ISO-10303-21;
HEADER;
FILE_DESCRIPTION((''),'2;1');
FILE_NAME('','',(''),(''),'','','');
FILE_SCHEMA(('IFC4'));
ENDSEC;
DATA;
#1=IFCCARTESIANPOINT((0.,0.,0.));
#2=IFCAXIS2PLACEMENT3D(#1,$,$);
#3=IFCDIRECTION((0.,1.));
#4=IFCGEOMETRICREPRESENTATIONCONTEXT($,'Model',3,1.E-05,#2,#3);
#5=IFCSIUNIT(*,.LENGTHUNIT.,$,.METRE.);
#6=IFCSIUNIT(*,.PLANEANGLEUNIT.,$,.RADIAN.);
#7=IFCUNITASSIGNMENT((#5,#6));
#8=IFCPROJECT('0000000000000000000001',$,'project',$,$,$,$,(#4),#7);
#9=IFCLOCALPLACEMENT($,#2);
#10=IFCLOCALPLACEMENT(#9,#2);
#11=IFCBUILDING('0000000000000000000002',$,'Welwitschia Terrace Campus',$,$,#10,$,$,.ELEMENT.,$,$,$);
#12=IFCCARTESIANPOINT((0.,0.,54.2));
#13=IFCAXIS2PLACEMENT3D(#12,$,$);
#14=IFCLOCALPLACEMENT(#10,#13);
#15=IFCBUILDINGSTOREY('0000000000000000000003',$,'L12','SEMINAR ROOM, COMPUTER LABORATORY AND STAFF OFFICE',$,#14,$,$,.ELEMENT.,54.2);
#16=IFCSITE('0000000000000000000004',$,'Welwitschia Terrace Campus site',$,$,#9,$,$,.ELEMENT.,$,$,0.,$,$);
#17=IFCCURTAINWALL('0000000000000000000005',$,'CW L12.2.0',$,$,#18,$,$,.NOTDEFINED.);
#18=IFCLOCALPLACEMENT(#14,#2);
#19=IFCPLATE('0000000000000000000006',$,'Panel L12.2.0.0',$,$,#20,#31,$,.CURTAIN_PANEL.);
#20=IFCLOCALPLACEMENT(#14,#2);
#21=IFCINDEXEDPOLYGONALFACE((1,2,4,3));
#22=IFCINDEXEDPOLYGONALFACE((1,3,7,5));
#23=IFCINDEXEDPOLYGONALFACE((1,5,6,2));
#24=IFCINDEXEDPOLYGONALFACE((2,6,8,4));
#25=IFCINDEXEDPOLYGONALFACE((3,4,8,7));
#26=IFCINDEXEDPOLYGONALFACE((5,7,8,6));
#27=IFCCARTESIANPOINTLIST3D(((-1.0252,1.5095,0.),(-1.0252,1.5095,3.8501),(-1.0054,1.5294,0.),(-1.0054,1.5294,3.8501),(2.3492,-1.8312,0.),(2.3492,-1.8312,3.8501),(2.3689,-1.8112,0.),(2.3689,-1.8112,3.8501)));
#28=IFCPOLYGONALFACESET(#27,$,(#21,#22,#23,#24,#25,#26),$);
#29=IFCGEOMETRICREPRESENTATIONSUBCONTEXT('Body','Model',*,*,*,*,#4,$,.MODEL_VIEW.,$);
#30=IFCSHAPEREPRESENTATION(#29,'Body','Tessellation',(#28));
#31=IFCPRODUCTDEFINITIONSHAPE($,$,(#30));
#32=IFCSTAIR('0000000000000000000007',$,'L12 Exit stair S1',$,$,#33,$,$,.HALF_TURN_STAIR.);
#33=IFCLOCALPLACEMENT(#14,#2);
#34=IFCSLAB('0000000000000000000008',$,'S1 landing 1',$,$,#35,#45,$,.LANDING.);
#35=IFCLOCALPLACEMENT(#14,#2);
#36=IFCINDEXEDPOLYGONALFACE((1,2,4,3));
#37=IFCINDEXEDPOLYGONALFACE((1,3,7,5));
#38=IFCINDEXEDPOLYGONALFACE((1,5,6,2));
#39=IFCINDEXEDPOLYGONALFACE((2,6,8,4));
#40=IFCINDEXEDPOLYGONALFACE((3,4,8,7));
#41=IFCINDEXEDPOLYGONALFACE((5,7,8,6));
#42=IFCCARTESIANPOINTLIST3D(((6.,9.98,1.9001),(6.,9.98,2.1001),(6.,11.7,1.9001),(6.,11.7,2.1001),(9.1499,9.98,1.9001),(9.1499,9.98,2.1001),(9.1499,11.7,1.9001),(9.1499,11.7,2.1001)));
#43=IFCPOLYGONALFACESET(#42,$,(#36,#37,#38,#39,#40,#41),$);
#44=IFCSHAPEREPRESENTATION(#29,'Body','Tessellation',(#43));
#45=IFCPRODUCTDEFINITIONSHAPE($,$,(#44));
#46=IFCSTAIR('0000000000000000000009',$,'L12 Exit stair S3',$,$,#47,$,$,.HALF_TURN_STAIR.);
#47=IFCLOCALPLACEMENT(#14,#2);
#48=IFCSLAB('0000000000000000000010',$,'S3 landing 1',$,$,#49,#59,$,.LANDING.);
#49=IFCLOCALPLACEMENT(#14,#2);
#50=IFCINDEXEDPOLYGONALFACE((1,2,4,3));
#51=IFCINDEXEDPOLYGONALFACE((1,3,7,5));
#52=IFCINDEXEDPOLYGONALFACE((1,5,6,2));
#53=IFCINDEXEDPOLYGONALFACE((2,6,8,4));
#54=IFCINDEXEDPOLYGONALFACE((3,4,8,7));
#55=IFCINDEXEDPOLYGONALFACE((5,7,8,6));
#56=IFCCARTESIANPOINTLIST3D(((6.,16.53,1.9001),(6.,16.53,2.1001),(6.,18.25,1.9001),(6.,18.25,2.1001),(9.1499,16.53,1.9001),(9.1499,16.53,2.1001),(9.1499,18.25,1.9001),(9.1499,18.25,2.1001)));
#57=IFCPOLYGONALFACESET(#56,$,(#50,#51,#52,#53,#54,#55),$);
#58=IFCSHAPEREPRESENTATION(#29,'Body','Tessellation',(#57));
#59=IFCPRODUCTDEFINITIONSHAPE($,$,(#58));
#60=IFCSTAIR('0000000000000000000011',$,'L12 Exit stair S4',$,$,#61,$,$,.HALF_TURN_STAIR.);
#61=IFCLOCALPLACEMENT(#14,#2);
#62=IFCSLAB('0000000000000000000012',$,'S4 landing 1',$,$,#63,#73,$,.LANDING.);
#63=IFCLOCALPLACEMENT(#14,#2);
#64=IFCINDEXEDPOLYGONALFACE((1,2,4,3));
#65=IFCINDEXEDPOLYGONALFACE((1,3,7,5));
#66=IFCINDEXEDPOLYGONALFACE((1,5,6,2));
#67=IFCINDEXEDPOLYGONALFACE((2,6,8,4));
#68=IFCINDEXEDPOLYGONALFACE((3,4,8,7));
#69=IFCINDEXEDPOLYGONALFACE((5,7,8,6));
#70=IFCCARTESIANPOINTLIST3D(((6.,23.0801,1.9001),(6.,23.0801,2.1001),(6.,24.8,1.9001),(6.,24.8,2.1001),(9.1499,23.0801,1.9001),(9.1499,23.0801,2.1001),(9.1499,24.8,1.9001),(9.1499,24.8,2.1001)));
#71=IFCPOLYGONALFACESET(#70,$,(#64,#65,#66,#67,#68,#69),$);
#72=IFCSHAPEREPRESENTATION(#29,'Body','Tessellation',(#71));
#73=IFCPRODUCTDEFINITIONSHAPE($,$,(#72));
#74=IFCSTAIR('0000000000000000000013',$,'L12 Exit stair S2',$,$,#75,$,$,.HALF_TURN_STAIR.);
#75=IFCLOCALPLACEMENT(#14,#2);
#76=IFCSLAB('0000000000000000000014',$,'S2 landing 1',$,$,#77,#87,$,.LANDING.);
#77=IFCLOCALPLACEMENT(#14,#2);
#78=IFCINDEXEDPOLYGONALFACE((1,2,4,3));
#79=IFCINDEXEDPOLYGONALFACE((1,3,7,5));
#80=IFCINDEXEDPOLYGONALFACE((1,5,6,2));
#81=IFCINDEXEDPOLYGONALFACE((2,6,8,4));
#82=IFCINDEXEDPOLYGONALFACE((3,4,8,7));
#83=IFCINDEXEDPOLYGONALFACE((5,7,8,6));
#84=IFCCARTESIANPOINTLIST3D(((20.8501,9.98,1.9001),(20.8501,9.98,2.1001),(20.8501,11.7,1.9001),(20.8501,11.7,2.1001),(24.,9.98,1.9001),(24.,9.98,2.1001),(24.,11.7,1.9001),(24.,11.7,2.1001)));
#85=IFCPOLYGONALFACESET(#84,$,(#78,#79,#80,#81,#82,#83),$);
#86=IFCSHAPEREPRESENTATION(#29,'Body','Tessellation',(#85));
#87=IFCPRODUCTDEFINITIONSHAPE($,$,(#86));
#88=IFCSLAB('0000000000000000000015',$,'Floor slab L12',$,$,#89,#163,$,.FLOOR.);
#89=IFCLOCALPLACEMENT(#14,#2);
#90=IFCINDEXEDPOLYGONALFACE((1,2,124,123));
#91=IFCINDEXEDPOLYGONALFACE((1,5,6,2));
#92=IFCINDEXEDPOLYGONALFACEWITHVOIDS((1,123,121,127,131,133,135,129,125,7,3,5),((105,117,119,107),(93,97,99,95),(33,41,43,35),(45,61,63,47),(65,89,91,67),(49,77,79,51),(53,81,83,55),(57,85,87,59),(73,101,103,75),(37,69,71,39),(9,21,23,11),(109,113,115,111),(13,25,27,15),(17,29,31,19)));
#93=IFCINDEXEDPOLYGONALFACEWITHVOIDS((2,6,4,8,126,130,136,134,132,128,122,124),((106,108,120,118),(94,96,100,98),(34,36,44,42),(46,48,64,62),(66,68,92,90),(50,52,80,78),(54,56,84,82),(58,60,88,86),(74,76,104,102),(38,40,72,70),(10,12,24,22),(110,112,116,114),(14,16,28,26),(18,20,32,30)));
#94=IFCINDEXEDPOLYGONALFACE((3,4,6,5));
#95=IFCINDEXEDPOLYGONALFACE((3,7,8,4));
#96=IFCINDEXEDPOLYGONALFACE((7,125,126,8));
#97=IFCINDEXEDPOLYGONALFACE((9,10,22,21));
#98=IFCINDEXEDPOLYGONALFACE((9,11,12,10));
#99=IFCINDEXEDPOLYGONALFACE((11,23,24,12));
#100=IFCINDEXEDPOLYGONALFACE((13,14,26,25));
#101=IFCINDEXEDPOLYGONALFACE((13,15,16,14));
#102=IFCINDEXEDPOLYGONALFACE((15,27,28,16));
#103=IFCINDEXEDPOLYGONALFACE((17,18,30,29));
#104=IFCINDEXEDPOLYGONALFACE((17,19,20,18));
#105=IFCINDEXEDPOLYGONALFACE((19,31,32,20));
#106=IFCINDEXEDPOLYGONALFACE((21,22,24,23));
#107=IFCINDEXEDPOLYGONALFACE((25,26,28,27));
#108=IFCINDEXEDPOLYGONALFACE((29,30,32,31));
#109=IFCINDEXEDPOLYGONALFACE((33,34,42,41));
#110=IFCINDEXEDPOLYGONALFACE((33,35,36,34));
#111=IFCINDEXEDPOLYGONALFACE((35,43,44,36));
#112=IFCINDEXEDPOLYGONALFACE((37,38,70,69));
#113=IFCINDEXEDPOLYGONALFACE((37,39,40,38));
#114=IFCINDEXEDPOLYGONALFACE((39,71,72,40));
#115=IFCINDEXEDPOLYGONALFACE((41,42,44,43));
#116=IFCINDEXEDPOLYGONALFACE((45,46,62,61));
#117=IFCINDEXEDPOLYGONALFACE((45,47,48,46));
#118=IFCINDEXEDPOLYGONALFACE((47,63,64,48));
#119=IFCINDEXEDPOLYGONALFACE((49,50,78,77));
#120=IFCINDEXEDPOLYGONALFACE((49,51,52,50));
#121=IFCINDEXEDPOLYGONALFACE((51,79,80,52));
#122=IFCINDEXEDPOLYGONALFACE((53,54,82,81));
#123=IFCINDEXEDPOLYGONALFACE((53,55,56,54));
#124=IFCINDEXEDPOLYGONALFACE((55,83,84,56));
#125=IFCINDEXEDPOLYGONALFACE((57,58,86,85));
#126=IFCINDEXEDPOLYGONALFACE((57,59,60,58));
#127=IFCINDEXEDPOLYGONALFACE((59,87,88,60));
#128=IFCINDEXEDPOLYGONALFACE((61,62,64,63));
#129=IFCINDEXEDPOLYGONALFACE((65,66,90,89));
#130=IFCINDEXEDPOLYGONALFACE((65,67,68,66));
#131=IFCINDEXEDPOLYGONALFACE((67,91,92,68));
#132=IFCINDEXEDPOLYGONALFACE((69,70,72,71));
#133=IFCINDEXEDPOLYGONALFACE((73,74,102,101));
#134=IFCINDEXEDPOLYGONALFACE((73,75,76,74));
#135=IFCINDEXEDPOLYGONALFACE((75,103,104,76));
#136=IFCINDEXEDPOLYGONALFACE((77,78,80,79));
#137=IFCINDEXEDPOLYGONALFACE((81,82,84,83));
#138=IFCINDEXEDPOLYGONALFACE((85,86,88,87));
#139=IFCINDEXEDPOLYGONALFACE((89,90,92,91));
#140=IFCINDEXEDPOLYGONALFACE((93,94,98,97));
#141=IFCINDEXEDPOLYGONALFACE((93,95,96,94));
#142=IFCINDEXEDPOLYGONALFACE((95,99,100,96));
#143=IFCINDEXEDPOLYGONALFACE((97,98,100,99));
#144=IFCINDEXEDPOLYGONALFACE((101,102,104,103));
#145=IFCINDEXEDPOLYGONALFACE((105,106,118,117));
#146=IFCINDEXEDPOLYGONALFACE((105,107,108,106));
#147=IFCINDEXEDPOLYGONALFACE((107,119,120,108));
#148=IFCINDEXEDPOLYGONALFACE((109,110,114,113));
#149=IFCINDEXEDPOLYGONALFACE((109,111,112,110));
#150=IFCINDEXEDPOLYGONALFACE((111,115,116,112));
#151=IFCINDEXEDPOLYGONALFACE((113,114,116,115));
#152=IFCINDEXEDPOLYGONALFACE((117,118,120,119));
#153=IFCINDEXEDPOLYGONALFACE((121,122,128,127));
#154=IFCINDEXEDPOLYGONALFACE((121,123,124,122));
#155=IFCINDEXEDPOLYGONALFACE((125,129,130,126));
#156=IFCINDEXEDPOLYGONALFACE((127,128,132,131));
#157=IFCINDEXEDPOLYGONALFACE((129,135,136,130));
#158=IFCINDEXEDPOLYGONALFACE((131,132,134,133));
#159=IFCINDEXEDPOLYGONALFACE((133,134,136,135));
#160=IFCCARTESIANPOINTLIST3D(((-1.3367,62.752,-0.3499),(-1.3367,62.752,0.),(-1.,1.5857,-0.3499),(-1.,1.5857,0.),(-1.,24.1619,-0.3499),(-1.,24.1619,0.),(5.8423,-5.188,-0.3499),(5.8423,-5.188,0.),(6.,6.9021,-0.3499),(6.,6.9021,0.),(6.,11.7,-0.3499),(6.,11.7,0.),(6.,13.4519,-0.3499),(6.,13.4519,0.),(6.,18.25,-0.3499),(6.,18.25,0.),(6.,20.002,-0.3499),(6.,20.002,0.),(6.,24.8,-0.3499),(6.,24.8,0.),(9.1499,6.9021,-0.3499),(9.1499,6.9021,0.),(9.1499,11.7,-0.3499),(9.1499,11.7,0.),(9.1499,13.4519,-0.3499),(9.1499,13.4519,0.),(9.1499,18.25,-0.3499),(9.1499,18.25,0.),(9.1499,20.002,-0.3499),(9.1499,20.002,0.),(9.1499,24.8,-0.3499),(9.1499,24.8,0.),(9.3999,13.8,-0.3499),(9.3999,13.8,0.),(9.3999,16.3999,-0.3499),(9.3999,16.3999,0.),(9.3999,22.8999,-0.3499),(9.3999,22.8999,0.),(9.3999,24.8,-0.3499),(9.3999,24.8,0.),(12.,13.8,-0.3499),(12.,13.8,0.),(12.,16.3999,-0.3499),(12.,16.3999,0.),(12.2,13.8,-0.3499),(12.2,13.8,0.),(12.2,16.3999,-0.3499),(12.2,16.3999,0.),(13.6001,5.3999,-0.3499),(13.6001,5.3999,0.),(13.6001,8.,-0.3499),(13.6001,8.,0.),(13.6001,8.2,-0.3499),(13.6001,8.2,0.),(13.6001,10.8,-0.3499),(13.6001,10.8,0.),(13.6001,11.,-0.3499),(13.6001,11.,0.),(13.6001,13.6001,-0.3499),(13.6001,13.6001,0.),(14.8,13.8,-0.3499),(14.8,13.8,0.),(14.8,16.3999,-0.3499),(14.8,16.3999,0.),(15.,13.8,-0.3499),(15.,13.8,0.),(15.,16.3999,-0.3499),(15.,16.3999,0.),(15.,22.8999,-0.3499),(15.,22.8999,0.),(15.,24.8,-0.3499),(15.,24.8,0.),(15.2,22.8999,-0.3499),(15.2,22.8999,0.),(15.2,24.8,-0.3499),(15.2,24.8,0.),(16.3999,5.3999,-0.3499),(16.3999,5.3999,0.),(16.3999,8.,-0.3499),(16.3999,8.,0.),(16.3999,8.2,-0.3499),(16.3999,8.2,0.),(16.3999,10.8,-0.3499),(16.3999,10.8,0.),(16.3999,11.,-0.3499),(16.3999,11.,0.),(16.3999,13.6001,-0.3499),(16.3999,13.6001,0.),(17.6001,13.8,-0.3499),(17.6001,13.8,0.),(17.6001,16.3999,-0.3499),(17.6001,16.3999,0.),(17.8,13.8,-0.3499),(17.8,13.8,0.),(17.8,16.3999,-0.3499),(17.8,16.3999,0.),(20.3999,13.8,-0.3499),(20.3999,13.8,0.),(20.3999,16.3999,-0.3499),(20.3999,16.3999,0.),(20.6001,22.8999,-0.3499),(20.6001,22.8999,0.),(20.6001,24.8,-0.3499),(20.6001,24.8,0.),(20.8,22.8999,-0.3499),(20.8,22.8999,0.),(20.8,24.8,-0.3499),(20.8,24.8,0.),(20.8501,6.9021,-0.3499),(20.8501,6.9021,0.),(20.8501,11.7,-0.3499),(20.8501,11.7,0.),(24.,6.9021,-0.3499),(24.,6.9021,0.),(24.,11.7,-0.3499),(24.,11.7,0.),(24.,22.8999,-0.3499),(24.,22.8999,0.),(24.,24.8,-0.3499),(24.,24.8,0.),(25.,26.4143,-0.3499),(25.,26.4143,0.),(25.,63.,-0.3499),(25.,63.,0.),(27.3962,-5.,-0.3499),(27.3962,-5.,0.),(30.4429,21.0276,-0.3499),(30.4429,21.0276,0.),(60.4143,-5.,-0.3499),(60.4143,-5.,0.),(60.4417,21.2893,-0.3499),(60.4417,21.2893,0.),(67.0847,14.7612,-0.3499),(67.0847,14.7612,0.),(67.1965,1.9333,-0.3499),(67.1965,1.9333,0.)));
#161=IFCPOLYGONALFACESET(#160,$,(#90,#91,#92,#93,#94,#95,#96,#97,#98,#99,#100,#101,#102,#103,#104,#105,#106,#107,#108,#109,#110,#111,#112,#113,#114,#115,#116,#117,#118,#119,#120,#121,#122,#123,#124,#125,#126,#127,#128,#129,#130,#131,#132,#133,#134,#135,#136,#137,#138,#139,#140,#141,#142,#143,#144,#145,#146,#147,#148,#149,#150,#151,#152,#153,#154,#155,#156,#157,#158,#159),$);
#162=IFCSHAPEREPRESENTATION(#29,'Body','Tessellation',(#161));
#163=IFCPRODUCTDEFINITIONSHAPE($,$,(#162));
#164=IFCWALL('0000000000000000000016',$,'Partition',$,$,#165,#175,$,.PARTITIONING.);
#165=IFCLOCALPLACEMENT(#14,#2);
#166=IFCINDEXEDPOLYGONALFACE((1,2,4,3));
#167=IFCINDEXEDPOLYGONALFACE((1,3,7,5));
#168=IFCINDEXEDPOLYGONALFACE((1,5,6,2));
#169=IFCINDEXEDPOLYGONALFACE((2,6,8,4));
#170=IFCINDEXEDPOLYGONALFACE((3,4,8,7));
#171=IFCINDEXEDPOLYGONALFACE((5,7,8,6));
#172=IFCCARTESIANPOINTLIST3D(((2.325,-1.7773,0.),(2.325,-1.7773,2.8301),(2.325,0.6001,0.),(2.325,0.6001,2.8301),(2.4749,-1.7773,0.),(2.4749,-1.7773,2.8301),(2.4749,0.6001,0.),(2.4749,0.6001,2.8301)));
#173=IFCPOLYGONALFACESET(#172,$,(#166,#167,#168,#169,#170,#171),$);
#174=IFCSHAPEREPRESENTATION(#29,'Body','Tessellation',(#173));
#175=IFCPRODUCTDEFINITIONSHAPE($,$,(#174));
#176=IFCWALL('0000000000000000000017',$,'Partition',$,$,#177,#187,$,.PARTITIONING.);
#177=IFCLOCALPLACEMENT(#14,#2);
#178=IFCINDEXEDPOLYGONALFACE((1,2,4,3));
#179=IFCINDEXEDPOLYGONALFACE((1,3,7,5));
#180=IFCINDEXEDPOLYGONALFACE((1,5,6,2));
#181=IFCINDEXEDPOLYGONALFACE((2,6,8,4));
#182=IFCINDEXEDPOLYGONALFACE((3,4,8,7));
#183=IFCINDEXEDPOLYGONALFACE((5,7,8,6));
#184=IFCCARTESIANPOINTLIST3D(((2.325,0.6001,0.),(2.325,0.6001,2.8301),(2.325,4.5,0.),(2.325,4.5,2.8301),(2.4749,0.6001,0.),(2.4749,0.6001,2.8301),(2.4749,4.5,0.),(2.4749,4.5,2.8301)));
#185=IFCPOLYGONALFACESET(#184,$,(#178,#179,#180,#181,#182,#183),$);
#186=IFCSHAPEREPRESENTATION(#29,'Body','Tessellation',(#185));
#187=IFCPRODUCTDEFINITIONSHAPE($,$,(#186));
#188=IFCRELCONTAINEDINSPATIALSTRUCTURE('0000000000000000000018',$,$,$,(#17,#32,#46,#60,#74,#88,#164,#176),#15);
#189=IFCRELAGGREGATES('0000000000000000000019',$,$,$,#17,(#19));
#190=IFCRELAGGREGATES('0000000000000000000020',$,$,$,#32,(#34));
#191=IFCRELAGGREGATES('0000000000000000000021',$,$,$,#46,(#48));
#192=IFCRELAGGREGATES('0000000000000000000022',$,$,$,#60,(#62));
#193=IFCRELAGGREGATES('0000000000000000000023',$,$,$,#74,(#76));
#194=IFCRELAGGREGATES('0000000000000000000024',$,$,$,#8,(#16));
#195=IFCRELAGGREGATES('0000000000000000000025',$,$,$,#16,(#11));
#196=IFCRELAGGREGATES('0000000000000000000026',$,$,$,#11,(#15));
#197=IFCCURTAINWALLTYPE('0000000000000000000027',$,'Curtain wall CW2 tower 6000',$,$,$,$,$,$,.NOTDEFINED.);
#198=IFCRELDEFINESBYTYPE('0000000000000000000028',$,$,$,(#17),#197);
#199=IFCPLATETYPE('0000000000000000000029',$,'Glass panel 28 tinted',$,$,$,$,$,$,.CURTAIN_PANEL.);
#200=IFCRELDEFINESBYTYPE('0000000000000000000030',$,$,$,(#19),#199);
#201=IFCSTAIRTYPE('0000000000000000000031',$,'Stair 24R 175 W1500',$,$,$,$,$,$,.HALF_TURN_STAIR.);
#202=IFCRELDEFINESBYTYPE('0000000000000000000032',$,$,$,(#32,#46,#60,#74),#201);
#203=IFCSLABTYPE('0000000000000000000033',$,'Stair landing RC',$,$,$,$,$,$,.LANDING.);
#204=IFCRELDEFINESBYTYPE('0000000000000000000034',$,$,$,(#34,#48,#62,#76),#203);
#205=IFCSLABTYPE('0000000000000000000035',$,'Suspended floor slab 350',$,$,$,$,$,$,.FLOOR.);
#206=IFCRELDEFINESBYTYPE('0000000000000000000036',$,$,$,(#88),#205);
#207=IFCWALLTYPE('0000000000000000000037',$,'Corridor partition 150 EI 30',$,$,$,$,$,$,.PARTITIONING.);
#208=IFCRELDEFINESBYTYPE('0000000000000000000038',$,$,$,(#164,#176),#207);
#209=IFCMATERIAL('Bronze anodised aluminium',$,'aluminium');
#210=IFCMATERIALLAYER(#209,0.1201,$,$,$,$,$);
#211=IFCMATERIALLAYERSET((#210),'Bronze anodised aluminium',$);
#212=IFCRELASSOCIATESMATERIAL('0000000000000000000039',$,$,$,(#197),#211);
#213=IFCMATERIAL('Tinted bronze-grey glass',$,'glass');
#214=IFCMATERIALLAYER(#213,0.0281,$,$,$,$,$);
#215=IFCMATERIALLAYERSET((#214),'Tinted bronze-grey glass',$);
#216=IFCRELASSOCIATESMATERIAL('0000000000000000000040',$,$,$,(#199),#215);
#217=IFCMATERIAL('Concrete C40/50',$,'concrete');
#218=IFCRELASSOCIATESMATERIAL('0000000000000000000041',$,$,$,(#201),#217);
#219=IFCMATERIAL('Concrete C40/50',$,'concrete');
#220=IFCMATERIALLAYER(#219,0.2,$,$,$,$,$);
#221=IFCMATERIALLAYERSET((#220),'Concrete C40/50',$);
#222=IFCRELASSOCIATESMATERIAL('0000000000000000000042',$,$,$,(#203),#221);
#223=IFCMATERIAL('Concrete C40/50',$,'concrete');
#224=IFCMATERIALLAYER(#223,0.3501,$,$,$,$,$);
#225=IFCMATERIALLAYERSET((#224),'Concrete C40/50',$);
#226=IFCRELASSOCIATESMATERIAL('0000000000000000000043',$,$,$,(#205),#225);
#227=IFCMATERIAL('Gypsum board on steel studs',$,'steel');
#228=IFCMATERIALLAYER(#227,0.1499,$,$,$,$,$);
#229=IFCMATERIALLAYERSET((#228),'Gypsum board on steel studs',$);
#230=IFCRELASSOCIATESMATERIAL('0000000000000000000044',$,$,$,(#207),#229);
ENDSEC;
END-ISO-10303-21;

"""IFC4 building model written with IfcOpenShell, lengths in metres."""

from ifc_helpers import new_model, si_unit, direction, frame, frame_2d, origin, origin_2d, place, context, subcontext, project, spatial, polyline, rectangle, outline, extrude, material, layer, layer_set, type_object, element, aggregate, save


model = new_model("IFC4")

# Units and contexts
model_context = context("Model", 3, precision=1e-05, world=origin(), true_north=direction((0.0, 1.0)))
body_context = subcontext(model_context, "Body", "Model", "MODEL_VIEW")
ifc_project = project(units=[si_unit("LENGTHUNIT", "METRE"), si_unit("PLANEANGLEUNIT", "RADIAN")], contexts=[model_context])

# Site, building, storey
site_placement = place(None, origin())
site = spatial("IfcSite", under=ifc_project, at=site_placement, Name="Welwitschia Terrace Campus site", CompositionType="ELEMENT", RefElevation=0.0)
building_placement = place(site_placement, origin())
building = spatial("IfcBuilding", under=site, at=building_placement, Name="Welwitschia Terrace Campus", CompositionType="ELEMENT")
storey_placement = place(building_placement, frame((0.0, 0.0, 54.2)))
storey = spatial("IfcBuildingStorey", under=building, at=storey_placement, Name="L12", Description="SEMINAR ROOM, COMPUTER LABORATORY AND STAFF OFFICE", CompositionType="ELEMENT", Elevation=54.2)

# Shared definitions
ifc_material_1 = material(Name="Bronze anodised aluminium", Category="aluminium")
ifc_layer_1 = layer(ifc_material_1, 0.1201)
ifc_layer_set_1 = layer_set([ifc_layer_1], Name="Bronze anodised aluminium")
curtain_wall_type = type_object("IfcCurtainWallType", Name="Curtain wall CW2 tower 6000", PredefinedType="NOTDEFINED", material=ifc_layer_set_1)

# Curtain wall
curtain_wall_1_placement = place(storey_placement, origin())
curtain_wall_1 = element("IfcCurtainWall", 1, at=curtain_wall_1_placement, inside=storey, type_object=curtain_wall_type, Name="CW L12.2.0", PredefinedType="NOTDEFINED")

# Plate
ifc_material_2 = material(Name="Tinted bronze-grey glass", Category="glass")
ifc_layer_2 = layer(ifc_material_2, 0.0281)
ifc_layer_set_2 = layer_set([ifc_layer_2], Name="Tinted bronze-grey glass")
plate_type = type_object("IfcPlateType", Name="Glass panel 28 tinted", PredefinedType="CURTAIN_PANEL", material=ifc_layer_set_2)
plate_1_placement = place(storey_placement, frame((0.6719, -0.1509, 0.0), z_axis=(0.0, 0.0, 1.0), x_axis=(0.710644, -0.703552, 0.0)))
plate_1 = element("IfcPlate", 2, at=plate_1_placement, type_object=plate_type, Name="Panel L12.2.0.0", PredefinedType="CURTAIN_PANEL", context=body_context, shape_type="SweptSolid", body=[
    extrude(rectangle(XDim=4.7483, YDim=0.0281, at=origin_2d()), origin(), (0.0, 0.0, 1.0), 3.8501),
])
aggregate(curtain_wall_1, [plate_1])

# Stairs, slabs
ifc_material_3 = material(Name="Concrete C40/50", Category="concrete")
stair_type = type_object("IfcStairType", Name="Stair 24R 175 W1500", PredefinedType="HALF_TURN_STAIR", material=ifc_material_3)
stair_1_placement = place(storey_placement, origin())
stair_1 = element("IfcStair", 3, at=stair_1_placement, inside=storey, type_object=stair_type, Name="L12 Exit stair S1", PredefinedType="HALF_TURN_STAIR")
ifc_material_4 = material(Name="Concrete C40/50", Category="concrete")
ifc_layer_3 = layer(ifc_material_4, 0.2)
ifc_layer_set_3 = layer_set([ifc_layer_3], Name="Concrete C40/50")
slab_type_1 = type_object("IfcSlabType", Name="Stair landing RC", PredefinedType="LANDING", material=ifc_layer_set_3)
slab_1_placement = place(storey_placement, frame((0.0, 0.0, 1.9001)))
slab_1 = element("IfcSlab", 4, at=slab_1_placement, type_object=slab_type_1, Name="S1 landing 1", PredefinedType="LANDING", context=body_context, shape_type="SweptSolid", body=[
    extrude(outline(polyline([(9.1499, 9.98), (9.1499, 11.7), (6.0, 11.7), (6.0, 9.98), (9.1499, 9.98)])), origin(), (0.0, 0.0, 1.0), 0.2),
])
aggregate(stair_1, [slab_1])
stair_2_placement = place(storey_placement, origin())
stair_2 = element("IfcStair", 5, at=stair_2_placement, inside=storey, type_object=stair_type, Name="L12 Exit stair S3", PredefinedType="HALF_TURN_STAIR")
slab_2_placement = place(storey_placement, frame((0.0, 0.0, 1.9001)))
slab_2 = element("IfcSlab", 6, at=slab_2_placement, type_object=slab_type_1, Name="S3 landing 1", PredefinedType="LANDING", context=body_context, shape_type="SweptSolid", body=[
    extrude(outline(polyline([(9.1499, 16.53), (9.1499, 18.25), (6.0, 18.25), (6.0, 16.53), (9.1499, 16.53)])), origin(), (0.0, 0.0, 1.0), 0.2),
])
aggregate(stair_2, [slab_2])
stair_3_placement = place(storey_placement, origin())
stair_3 = element("IfcStair", 7, at=stair_3_placement, inside=storey, type_object=stair_type, Name="L12 Exit stair S4", PredefinedType="HALF_TURN_STAIR")
slab_3_placement = place(storey_placement, frame((0.0, 0.0, 1.9001)))
slab_3 = element("IfcSlab", 8, at=slab_3_placement, type_object=slab_type_1, Name="S4 landing 1", PredefinedType="LANDING", context=body_context, shape_type="SweptSolid", body=[
    extrude(outline(polyline([(9.1499, 23.0801), (9.1499, 24.8), (6.0, 24.8), (6.0, 23.0801), (9.1499, 23.0801)])), origin(), (0.0, 0.0, 1.0), 0.2),
])
aggregate(stair_3, [slab_3])
stair_4_placement = place(storey_placement, origin())
stair_4 = element("IfcStair", 9, at=stair_4_placement, inside=storey, type_object=stair_type, Name="L12 Exit stair S2", PredefinedType="HALF_TURN_STAIR")
slab_4_placement = place(storey_placement, frame((0.0, 0.0, 1.9001)))
slab_4 = element("IfcSlab", 10, at=slab_4_placement, type_object=slab_type_1, Name="S2 landing 1", PredefinedType="LANDING", context=body_context, shape_type="SweptSolid", body=[
    extrude(outline(polyline([(24.0, 9.98), (24.0, 11.7), (20.8501, 11.7), (20.8501, 9.98), (24.0, 9.98)])), origin(), (0.0, 0.0, 1.0), 0.2),
])
aggregate(stair_4, [slab_4])

# Slab
ifc_material_5 = material(Name="Concrete C40/50", Category="concrete")
ifc_layer_4 = layer(ifc_material_5, 0.3501)
ifc_layer_set_4 = layer_set([ifc_layer_4], Name="Concrete C40/50")
slab_type_2 = type_object("IfcSlabType", Name="Suspended floor slab 350", PredefinedType="FLOOR", material=ifc_layer_set_4)
slab_5_placement = place(storey_placement, frame((0.0, 0.0, -0.3499)))
element("IfcSlab", 11, at=slab_5_placement, inside=storey, type_object=slab_type_2, Name="Floor slab L12", PredefinedType="FLOOR", context=body_context, shape_type="SweptSolid", body=[
    extrude(outline(polyline([(25.0, 63.0), (25.0, 26.4143), (30.4429, 21.0276), (60.4417, 21.2893), (67.0847, 14.7612), (67.1965, 1.9333), (60.4143, -5.0), (27.3962, -5.0), (5.8423, -5.188), (-1.0, 1.5857), (-1.0, 24.1619), (-1.3367, 62.752), (25.0, 63.0)]), holes=[polyline([(13.6001, 8.0), (13.6001, 5.3999), (16.3999, 5.3999), (16.3999, 8.0), (13.6001, 8.0)]), polyline([(9.1499, 11.7), (6.0, 11.7), (6.0, 6.9021), (9.1499, 6.9021), (9.1499, 11.7)]), polyline([(12.0, 16.3999), (9.3999, 16.3999), (9.3999, 13.8), (12.0, 13.8), (12.0, 16.3999)]), polyline([(14.8, 16.3999), (12.2, 16.3999), (12.2, 13.8), (14.8, 13.8), (14.8, 16.3999)]), polyline([(9.1499, 18.25), (6.0, 18.25), (6.0, 13.4519), (9.1499, 13.4519), (9.1499, 18.25)]), polyline([(9.1499, 24.8), (6.0, 24.8), (6.0, 20.002), (9.1499, 20.002), (9.1499, 24.8)]), polyline([(15.0, 24.8), (9.3999, 24.8), (9.3999, 22.8999), (15.0, 22.8999), (15.0, 24.8)]), polyline([(20.8501, 11.7), (20.8501, 6.9021), (24.0, 6.9021), (24.0, 11.7), (20.8501, 11.7)]), polyline([(16.3999, 10.8), (13.6001, 10.8), (13.6001, 8.2), (16.3999, 8.2), (16.3999, 10.8)]), polyline([(16.3999, 13.6001), (13.6001, 13.6001), (13.6001, 11.0), (16.3999, 11.0), (16.3999, 13.6001)]), polyline([(17.6001, 16.3999), (15.0, 16.3999), (15.0, 13.8), (17.6001, 13.8), (17.6001, 16.3999)]), polyline([(20.3999, 16.3999), (17.8, 16.3999), (17.8, 13.8), (20.3999, 13.8), (20.3999, 16.3999)]), polyline([(20.6001, 24.8), (15.2, 24.8), (15.2, 22.8999), (20.6001, 22.8999), (20.6001, 24.8)]), polyline([(24.0, 24.8), (20.8, 24.8), (20.8, 22.8999), (24.0, 22.8999), (24.0, 24.8)])]), origin(), (0.0, 0.0, 1.0), 0.3499),
])

# Walls
ifc_material_6 = material(Name="Gypsum board on steel studs", Category="steel")
ifc_layer_5 = layer(ifc_material_6, 0.1499)
ifc_layer_set_5 = layer_set([ifc_layer_5], Name="Gypsum board on steel studs")
wall_type = type_object("IfcWallType", Name="Corridor partition 150 EI 30", PredefinedType="PARTITIONING", material=ifc_layer_set_5)
wall_1_placement = place(storey_placement, frame((2.3999, -1.7773, 0.0), z_axis=(0.0, 0.0, 1.0), x_axis=(0.0, 1.0, 0.0)))
element("IfcWall", 12, at=wall_1_placement, inside=storey, type_object=wall_type, Name="Partition", PredefinedType="PARTITIONING", context=body_context, shape_type="SweptSolid", body=[
    extrude(rectangle(XDim=2.3774, YDim=0.1499, at=frame_2d((1.1887, 0.0))), origin(), (0.0, 0.0, 1.0), 2.8301),
])
wall_2_placement = place(storey_placement, frame((2.3999, 0.6001, 0.0), z_axis=(0.0, 0.0, 1.0), x_axis=(0.0, 1.0, 0.0)))
element("IfcWall", 13, at=wall_2_placement, inside=storey, type_object=wall_type, Name="Partition", PredefinedType="PARTITIONING", context=body_context, shape_type="SweptSolid", body=[
    extrude(rectangle(XDim=3.8999, YDim=0.1499, at=frame_2d((1.95, 0.0))), origin(), (0.0, 0.0, 1.0), 2.8301),
])

save(model, "model.ifc")
